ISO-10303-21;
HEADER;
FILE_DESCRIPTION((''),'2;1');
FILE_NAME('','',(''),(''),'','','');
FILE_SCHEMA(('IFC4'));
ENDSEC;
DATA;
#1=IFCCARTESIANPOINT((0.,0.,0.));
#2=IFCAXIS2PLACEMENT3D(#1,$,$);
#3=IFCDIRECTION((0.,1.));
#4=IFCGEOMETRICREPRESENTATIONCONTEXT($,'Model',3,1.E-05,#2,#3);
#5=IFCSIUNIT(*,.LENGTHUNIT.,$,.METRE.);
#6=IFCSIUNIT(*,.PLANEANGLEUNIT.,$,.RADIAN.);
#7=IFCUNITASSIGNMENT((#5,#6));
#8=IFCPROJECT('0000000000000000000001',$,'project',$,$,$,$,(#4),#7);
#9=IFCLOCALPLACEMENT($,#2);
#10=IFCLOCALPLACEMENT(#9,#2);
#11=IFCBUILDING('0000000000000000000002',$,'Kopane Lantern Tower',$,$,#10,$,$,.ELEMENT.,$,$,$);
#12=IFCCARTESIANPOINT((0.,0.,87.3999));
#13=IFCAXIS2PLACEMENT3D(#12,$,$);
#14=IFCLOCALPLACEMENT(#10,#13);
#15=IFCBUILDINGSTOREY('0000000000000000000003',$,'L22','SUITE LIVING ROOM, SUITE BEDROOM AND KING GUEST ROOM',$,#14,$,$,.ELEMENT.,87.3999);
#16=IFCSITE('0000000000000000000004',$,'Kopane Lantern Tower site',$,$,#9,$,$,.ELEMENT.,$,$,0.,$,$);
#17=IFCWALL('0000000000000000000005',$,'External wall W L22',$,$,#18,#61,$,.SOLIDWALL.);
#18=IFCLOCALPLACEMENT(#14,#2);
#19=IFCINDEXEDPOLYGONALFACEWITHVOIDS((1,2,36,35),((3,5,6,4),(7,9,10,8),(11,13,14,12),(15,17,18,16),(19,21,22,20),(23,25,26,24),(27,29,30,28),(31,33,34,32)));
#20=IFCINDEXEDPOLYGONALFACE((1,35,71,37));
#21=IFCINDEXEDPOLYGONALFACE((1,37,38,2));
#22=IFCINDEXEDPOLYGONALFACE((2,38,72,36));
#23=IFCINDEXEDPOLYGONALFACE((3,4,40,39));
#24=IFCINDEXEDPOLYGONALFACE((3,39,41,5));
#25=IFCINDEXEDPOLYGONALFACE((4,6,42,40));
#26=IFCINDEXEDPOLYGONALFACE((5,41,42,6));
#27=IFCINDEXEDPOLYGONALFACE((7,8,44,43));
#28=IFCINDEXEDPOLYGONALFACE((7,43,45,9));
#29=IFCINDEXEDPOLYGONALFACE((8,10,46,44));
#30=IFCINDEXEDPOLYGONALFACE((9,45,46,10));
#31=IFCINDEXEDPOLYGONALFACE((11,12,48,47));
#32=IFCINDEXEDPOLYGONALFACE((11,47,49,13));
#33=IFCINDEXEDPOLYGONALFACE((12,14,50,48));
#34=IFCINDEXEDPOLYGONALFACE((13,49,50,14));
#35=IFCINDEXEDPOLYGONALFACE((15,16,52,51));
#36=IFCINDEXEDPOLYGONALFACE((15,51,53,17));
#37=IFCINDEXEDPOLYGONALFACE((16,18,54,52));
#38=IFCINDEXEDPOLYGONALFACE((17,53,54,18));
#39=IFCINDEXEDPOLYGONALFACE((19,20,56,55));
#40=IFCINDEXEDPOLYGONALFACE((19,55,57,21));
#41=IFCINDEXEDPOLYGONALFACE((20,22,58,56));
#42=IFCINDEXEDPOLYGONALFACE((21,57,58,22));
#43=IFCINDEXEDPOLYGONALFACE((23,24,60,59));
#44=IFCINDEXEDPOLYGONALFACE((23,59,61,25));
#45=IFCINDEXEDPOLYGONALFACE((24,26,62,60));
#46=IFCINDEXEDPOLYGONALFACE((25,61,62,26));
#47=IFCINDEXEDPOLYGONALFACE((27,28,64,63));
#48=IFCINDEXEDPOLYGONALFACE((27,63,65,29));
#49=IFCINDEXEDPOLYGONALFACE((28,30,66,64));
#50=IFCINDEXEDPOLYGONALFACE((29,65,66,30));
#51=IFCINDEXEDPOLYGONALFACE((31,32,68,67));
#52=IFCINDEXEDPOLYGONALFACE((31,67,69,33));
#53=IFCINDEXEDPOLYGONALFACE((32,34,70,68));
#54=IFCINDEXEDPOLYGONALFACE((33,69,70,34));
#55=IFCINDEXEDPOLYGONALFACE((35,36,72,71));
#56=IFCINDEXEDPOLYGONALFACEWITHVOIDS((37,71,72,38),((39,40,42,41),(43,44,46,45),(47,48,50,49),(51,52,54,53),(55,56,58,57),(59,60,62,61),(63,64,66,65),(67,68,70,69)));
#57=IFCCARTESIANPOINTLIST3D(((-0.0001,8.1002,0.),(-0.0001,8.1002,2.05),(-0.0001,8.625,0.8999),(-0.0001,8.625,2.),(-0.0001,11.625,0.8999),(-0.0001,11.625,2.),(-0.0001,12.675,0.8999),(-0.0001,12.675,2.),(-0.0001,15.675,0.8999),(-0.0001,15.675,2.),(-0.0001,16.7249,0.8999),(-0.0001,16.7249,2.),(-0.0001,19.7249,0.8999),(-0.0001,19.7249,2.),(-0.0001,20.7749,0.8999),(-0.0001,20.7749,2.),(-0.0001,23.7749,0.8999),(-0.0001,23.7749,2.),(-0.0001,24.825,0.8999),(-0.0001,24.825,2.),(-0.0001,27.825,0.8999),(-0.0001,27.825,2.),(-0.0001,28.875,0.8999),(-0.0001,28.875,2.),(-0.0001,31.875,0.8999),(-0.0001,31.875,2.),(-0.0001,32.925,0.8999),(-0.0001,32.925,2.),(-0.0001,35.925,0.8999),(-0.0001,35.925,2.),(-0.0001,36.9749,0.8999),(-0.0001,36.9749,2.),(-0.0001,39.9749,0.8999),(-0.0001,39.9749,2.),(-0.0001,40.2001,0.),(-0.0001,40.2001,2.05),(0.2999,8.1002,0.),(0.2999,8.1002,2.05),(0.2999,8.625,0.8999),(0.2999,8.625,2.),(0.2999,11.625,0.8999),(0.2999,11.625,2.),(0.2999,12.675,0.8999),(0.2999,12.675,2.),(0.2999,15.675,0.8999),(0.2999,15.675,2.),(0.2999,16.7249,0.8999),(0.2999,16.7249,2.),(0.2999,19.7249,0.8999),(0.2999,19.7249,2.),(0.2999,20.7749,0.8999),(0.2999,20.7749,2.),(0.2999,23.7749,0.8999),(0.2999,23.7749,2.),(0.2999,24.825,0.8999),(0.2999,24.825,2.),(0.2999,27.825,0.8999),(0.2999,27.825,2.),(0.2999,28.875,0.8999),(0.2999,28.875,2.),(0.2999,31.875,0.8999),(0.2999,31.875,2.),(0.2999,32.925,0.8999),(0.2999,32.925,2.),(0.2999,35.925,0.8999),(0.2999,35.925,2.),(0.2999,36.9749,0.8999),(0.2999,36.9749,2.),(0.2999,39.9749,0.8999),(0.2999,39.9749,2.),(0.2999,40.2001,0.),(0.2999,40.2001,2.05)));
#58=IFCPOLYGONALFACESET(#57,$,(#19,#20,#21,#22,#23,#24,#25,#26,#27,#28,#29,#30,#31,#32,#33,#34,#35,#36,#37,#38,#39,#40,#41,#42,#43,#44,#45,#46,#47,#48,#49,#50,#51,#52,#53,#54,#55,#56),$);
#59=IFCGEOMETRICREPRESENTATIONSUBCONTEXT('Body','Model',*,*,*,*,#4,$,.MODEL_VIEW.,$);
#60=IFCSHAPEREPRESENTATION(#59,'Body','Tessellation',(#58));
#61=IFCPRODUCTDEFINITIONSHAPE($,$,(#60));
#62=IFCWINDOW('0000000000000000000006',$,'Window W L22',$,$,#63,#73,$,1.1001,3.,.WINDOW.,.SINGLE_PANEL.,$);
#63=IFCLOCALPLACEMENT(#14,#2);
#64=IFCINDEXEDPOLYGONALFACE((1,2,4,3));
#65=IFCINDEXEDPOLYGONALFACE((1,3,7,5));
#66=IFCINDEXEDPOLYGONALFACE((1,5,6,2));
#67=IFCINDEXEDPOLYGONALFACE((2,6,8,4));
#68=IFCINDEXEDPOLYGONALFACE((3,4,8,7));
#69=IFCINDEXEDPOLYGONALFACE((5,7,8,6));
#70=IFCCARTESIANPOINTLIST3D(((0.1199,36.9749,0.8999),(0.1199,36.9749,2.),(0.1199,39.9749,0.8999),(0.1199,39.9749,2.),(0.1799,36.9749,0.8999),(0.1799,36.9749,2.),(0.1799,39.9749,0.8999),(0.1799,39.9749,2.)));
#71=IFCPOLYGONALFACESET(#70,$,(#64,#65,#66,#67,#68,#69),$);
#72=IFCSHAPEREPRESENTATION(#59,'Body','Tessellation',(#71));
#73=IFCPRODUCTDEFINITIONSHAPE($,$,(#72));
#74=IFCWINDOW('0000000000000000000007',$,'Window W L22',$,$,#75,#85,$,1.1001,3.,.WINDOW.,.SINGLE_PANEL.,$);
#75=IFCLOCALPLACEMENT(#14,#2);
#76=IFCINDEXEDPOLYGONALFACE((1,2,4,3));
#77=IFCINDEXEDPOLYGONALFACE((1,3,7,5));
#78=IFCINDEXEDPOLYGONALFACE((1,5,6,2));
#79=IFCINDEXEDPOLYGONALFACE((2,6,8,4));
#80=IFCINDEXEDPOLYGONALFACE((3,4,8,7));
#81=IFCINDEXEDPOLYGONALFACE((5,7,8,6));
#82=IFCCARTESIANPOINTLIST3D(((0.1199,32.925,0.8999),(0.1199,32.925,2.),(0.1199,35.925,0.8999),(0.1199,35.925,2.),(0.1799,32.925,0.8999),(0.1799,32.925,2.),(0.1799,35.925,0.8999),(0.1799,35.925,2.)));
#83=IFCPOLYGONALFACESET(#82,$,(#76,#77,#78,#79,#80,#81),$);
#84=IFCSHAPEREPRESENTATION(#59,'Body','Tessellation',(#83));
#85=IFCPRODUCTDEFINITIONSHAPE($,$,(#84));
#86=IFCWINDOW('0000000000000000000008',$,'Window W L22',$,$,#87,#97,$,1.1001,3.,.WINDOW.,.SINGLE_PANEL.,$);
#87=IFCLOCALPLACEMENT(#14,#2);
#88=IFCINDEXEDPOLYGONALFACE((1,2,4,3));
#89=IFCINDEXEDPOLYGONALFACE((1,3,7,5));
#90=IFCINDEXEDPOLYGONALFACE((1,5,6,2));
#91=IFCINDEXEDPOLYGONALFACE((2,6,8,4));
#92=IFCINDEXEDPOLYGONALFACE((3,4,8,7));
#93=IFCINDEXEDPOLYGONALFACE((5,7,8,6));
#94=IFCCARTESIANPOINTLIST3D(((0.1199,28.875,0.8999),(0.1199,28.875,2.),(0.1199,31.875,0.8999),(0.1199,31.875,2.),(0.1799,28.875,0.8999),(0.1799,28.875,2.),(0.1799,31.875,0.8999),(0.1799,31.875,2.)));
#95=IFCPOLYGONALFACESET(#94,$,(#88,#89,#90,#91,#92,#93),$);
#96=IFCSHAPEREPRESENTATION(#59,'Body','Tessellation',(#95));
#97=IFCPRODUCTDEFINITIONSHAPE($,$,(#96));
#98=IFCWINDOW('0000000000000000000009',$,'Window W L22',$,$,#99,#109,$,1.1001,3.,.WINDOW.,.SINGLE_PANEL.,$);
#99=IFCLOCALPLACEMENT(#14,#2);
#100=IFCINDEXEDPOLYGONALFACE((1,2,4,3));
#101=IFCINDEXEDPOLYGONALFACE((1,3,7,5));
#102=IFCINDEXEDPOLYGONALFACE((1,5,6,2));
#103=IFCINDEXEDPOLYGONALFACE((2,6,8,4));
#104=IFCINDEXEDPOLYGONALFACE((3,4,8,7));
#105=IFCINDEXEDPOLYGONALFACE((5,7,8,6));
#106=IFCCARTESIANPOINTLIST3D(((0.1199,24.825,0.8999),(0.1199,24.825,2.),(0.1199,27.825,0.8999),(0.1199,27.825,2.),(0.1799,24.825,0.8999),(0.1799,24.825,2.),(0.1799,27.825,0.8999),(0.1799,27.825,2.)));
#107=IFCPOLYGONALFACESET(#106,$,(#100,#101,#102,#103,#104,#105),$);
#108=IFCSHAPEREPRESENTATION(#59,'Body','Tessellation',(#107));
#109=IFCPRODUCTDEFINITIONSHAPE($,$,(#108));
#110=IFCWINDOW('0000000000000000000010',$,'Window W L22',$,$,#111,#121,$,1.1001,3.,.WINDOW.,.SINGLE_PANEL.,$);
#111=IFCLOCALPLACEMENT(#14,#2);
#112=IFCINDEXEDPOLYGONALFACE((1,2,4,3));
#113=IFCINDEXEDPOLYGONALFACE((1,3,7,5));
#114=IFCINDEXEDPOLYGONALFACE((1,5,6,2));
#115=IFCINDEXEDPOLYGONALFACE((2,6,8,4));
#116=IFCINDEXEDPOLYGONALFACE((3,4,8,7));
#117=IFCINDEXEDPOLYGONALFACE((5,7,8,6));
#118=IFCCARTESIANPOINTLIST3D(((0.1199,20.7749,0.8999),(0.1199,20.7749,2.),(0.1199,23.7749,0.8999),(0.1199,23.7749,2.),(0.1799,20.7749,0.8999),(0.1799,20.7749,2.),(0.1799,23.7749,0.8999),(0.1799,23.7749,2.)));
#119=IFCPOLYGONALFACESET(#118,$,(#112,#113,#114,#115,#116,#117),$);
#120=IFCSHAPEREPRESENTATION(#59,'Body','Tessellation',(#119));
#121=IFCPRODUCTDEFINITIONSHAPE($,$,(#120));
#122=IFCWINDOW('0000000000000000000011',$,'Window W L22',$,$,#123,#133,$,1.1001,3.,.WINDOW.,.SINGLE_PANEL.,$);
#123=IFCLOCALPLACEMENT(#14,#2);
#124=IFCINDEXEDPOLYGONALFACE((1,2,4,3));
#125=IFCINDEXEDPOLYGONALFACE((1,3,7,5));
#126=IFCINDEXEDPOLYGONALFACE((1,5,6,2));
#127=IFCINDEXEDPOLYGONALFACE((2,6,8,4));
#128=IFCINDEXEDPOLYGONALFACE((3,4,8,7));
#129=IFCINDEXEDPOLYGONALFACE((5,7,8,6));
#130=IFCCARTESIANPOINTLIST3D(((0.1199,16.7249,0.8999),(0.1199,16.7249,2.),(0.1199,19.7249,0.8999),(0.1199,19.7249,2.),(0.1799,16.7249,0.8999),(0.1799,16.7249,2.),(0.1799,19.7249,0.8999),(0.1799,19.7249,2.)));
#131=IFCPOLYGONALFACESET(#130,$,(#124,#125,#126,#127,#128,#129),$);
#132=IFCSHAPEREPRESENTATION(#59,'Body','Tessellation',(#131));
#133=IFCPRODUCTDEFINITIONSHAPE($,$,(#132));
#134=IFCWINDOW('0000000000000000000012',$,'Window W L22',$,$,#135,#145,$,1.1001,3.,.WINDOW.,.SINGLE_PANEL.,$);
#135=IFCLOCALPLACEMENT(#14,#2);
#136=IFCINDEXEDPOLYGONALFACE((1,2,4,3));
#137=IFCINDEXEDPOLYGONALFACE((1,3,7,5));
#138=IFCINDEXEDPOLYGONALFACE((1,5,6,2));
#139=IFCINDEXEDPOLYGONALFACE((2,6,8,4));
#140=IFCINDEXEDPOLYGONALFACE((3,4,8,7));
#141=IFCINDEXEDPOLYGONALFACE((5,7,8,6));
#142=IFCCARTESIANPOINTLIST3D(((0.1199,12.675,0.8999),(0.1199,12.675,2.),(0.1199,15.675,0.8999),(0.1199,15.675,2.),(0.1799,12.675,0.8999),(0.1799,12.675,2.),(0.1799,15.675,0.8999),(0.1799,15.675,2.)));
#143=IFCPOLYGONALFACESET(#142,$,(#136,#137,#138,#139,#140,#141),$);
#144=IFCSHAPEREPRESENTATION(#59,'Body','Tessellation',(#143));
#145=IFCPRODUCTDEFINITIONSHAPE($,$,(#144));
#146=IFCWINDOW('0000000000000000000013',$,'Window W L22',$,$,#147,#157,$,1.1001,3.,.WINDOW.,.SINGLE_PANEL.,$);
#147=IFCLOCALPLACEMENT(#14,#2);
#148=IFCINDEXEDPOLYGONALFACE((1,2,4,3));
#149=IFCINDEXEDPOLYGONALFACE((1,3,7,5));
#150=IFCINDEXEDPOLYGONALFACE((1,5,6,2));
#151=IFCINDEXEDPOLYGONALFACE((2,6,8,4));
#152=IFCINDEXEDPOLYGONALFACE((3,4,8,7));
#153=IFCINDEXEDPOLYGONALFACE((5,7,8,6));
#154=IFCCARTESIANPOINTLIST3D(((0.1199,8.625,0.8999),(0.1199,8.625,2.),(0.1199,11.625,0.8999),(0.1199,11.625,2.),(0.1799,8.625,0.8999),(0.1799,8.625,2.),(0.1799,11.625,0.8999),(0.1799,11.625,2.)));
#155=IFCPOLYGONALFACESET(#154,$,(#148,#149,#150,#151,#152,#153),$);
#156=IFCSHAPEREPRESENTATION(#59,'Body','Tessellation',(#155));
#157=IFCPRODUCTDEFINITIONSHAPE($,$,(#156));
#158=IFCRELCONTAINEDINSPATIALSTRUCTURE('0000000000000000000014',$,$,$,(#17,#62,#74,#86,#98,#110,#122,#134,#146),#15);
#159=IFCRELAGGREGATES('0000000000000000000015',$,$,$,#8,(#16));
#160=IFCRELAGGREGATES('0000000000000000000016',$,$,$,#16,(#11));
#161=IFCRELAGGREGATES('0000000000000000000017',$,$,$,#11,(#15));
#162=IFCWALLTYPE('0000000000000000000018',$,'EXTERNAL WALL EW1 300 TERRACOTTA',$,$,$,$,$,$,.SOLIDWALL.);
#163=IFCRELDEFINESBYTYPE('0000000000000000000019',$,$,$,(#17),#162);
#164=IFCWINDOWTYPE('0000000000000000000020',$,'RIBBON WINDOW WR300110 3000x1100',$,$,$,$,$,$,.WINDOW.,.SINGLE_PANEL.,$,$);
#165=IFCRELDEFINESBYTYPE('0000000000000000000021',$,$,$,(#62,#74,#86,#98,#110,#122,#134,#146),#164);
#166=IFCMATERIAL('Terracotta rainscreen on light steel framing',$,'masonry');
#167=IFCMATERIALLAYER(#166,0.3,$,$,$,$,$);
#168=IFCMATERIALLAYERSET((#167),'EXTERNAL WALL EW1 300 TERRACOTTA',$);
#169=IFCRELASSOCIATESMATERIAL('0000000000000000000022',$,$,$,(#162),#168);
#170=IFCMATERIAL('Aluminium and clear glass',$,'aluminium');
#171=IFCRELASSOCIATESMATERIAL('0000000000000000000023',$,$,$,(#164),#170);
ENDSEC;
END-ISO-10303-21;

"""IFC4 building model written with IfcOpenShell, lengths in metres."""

from ifc_helpers import new_model, si_unit, direction, frame, frame_2d, origin, place, context, subcontext, project, spatial, rectangle, extrude, material, layer, layer_set, type_object, element, fill, save


model = new_model("IFC4")

# Units and contexts
model_context = context("Model", 3, precision=1e-05, world=origin(), true_north=direction((0.0, 1.0)))
body_context = subcontext(model_context, "Body", "Model", "MODEL_VIEW")
ifc_project = project(units=[si_unit("LENGTHUNIT", "METRE"), si_unit("PLANEANGLEUNIT", "RADIAN")], contexts=[model_context])

# Site, building, storey
site_placement = place(None, origin())
site = spatial("IfcSite", under=ifc_project, at=site_placement, Name="Kopane Lantern Tower site", CompositionType="ELEMENT", RefElevation=0.0)
building_placement = place(site_placement, origin())
building = spatial("IfcBuilding", under=site, at=building_placement, Name="Kopane Lantern Tower", CompositionType="ELEMENT")
storey_placement = place(building_placement, frame((0.0, 0.0, 87.3999)))
storey = spatial("IfcBuildingStorey", under=building, at=storey_placement, Name="L22", Description="SUITE LIVING ROOM, SUITE BEDROOM AND KING GUEST ROOM", CompositionType="ELEMENT", Elevation=87.3999)

# Shared definitions
ifc_material_1 = material(Name="Terracotta rainscreen on light steel framing", Category="masonry")
ifc_layer_1 = layer(ifc_material_1, 0.3)
ifc_layer_set_1 = layer_set([ifc_layer_1], Name="EXTERNAL WALL EW1 300 TERRACOTTA")
wall_type_1 = type_object("IfcWallType", Name="EXTERNAL WALL EW1 300 TERRACOTTA", PredefinedType="SOLIDWALL", material=ifc_layer_set_1)
ifc_material_2 = material(Name="Aluminium and clear glass", Category="aluminium")
window_type = type_object("IfcWindowType", Name="RIBBON WINDOW WR300110 3000x1100", PartitioningType="SINGLE_PANEL", PredefinedType="WINDOW", material=ifc_material_2)

# Wall, openings, windows
wall_1_placement = place(storey_placement, frame((0.1499, 40.2, 0.0), z_axis=(0.0, 0.0, 1.0), x_axis=(0.0, -1.0, 0.0)))
wall_1 = element("IfcWall", 1, at=wall_1_placement, inside=storey, type_object=wall_type_1, Name="External wall W L22", PredefinedType="SOLIDWALL", context=body_context, shape_type="SweptSolid", body=[
    extrude(rectangle(XDim=32.0999, YDim=0.3, at=frame_2d((16.0498, 0.0))), origin(), (0.0, 0.0, 1.0), 2.05),
])
opening_1_placement = place(wall_1_placement, frame((0.2251, 0.0, 0.8999)))
opening_1 = element("IfcOpeningElement", 2, at=opening_1_placement, cuts=wall_1, PredefinedType="OPENING", context=body_context, shape_type="SweptSolid", body=[
    extrude(rectangle(XDim=3.0, YDim=1.1001, at=frame_2d((1.5, 0.55))), frame((0.0, 0.1599, 0.0), z_axis=(0.0, -1.0, 0.0), x_axis=(1.0, 0.0, 0.0)), (0.0, 0.0, 1.0), 0.3201),
])
opening_2_placement = place(wall_1_placement, frame((4.2749, 0.0, 0.8999)))
opening_2 = element("IfcOpeningElement", 3, at=opening_2_placement, cuts=wall_1, PredefinedType="OPENING", context=body_context, shape_type="SweptSolid", body=[
    extrude(rectangle(XDim=3.0, YDim=1.1001, at=frame_2d((1.5, 0.55))), frame((0.0, 0.1599, 0.0), z_axis=(0.0, -1.0, 0.0), x_axis=(1.0, 0.0, 0.0)), (0.0, 0.0, 1.0), 0.3201),
])
opening_3_placement = place(wall_1_placement, frame((8.325, 0.0, 0.8999)))
opening_3 = element("IfcOpeningElement", 4, at=opening_3_placement, cuts=wall_1, PredefinedType="OPENING", context=body_context, shape_type="SweptSolid", body=[
    extrude(rectangle(XDim=3.0, YDim=1.1001, at=frame_2d((1.5, 0.55))), frame((0.0, 0.1599, 0.0), z_axis=(0.0, -1.0, 0.0), x_axis=(1.0, 0.0, 0.0)), (0.0, 0.0, 1.0), 0.3201),
])
opening_4_placement = place(wall_1_placement, frame((12.375, 0.0, 0.8999)))
opening_4 = element("IfcOpeningElement", 5, at=opening_4_placement, cuts=wall_1, PredefinedType="OPENING", context=body_context, shape_type="SweptSolid", body=[
    extrude(rectangle(XDim=3.0, YDim=1.1001, at=frame_2d((1.5, 0.55))), frame((0.0, 0.1599, 0.0), z_axis=(0.0, -1.0, 0.0), x_axis=(1.0, 0.0, 0.0)), (0.0, 0.0, 1.0), 0.3201),
])
opening_5_placement = place(wall_1_placement, frame((16.425, 0.0, 0.8999)))
opening_5 = element("IfcOpeningElement", 6, at=opening_5_placement, cuts=wall_1, PredefinedType="OPENING", context=body_context, shape_type="SweptSolid", body=[
    extrude(rectangle(XDim=3.0, YDim=1.1001, at=frame_2d((1.5, 0.55))), frame((0.0, 0.1599, 0.0), z_axis=(0.0, -1.0, 0.0), x_axis=(1.0, 0.0, 0.0)), (0.0, 0.0, 1.0), 0.3201),
])
opening_6_placement = place(wall_1_placement, frame((20.4751, 0.0, 0.8999)))
opening_6 = element("IfcOpeningElement", 7, at=opening_6_placement, cuts=wall_1, PredefinedType="OPENING", context=body_context, shape_type="SweptSolid", body=[
    extrude(rectangle(XDim=3.0, YDim=1.1001, at=frame_2d((1.5, 0.55))), frame((0.0, 0.1599, 0.0), z_axis=(0.0, -1.0, 0.0), x_axis=(1.0, 0.0, 0.0)), (0.0, 0.0, 1.0), 0.3201),
])
opening_7_placement = place(wall_1_placement, frame((24.5249, 0.0, 0.8999)))
opening_7 = element("IfcOpeningElement", 8, at=opening_7_placement, cuts=wall_1, PredefinedType="OPENING", context=body_context, shape_type="SweptSolid", body=[
    extrude(rectangle(XDim=3.0, YDim=1.1001, at=frame_2d((1.5, 0.55))), frame((0.0, 0.1599, 0.0), z_axis=(0.0, -1.0, 0.0), x_axis=(1.0, 0.0, 0.0)), (0.0, 0.0, 1.0), 0.3201),
])
opening_8_placement = place(wall_1_placement, frame((28.575, 0.0, 0.8999)))
opening_8 = element("IfcOpeningElement", 9, at=opening_8_placement, cuts=wall_1, PredefinedType="OPENING", context=body_context, shape_type="SweptSolid", body=[
    extrude(rectangle(XDim=3.0, YDim=1.1001, at=frame_2d((1.5, 0.55))), frame((0.0, 0.1599, 0.0), z_axis=(0.0, -1.0, 0.0), x_axis=(1.0, 0.0, 0.0)), (0.0, 0.0, 1.0), 0.3201),
])
window_1_placement = place(opening_1_placement, origin())
window_1 = element("IfcWindow", 10, at=window_1_placement, inside=storey, type_object=window_type, Name="Window W L22", OverallHeight=1.1001, OverallWidth=3.0, PartitioningType="SINGLE_PANEL", PredefinedType="WINDOW", context=body_context, shape_type="SweptSolid", body=[
    extrude(rectangle(XDim=3.0, YDim=1.1001, at=frame_2d((1.5, 0.55))), frame((0.0, 0.03, 0.0), z_axis=(0.0, -1.0, 0.0), x_axis=(1.0, 0.0, 0.0)), (0.0, 0.0, 1.0), 0.0601),
])
fill(opening_1, window_1)
window_2_placement = place(opening_2_placement, origin())
window_2 = element("IfcWindow", 11, at=window_2_placement, inside=storey, type_object=window_type, Name="Window W L22", OverallHeight=1.1001, OverallWidth=3.0, PartitioningType="SINGLE_PANEL", PredefinedType="WINDOW", context=body_context, shape_type="SweptSolid", body=[
    extrude(rectangle(XDim=3.0, YDim=1.1001, at=frame_2d((1.5, 0.55))), frame((0.0, 0.03, 0.0), z_axis=(0.0, -1.0, 0.0), x_axis=(1.0, 0.0, 0.0)), (0.0, 0.0, 1.0), 0.0601),
])
fill(opening_2, window_2)
window_3_placement = place(opening_3_placement, origin())
window_3 = element("IfcWindow", 12, at=window_3_placement, inside=storey, type_object=window_type, Name="Window W L22", OverallHeight=1.1001, OverallWidth=3.0, PartitioningType="SINGLE_PANEL", PredefinedType="WINDOW", context=body_context, shape_type="SweptSolid", body=[
    extrude(rectangle(XDim=3.0, YDim=1.1001, at=frame_2d((1.5, 0.55))), frame((0.0, 0.03, 0.0), z_axis=(0.0, -1.0, 0.0), x_axis=(1.0, 0.0, 0.0)), (0.0, 0.0, 1.0), 0.0601),
])
fill(opening_3, window_3)
window_4_placement = place(opening_4_placement, origin())
window_4 = element("IfcWindow", 13, at=window_4_placement, inside=storey, type_object=window_type, Name="Window W L22", OverallHeight=1.1001, OverallWidth=3.0, PartitioningType="SINGLE_PANEL", PredefinedType="WINDOW", context=body_context, shape_type="SweptSolid", body=[
    extrude(rectangle(XDim=3.0, YDim=1.1001, at=frame_2d((1.5, 0.55))), frame((0.0, 0.03, 0.0), z_axis=(0.0, -1.0, 0.0), x_axis=(1.0, 0.0, 0.0)), (0.0, 0.0, 1.0), 0.0601),
])
fill(opening_4, window_4)
window_5_placement = place(opening_5_placement, origin())
window_5 = element("IfcWindow", 14, at=window_5_placement, inside=storey, type_object=window_type, Name="Window W L22", OverallHeight=1.1001, OverallWidth=3.0, PartitioningType="SINGLE_PANEL", PredefinedType="WINDOW", context=body_context, shape_type="SweptSolid", body=[
    extrude(rectangle(XDim=3.0, YDim=1.1001, at=frame_2d((1.5, 0.55))), frame((0.0, 0.03, 0.0), z_axis=(0.0, -1.0, 0.0), x_axis=(1.0, 0.0, 0.0)), (0.0, 0.0, 1.0), 0.0601),
])
fill(opening_5, window_5)
window_6_placement = place(opening_6_placement, origin())
window_6 = element("IfcWindow", 15, at=window_6_placement, inside=storey, type_object=window_type, Name="Window W L22", OverallHeight=1.1001, OverallWidth=3.0, PartitioningType="SINGLE_PANEL", PredefinedType="WINDOW", context=body_context, shape_type="SweptSolid", body=[
    extrude(rectangle(XDim=3.0, YDim=1.1001, at=frame_2d((1.5, 0.55))), frame((0.0, 0.03, 0.0), z_axis=(0.0, -1.0, 0.0), x_axis=(1.0, 0.0, 0.0)), (0.0, 0.0, 1.0), 0.0601),
])
fill(opening_6, window_6)
window_7_placement = place(opening_7_placement, origin())
window_7 = element("IfcWindow", 16, at=window_7_placement, inside=storey, type_object=window_type, Name="Window W L22", OverallHeight=1.1001, OverallWidth=3.0, PartitioningType="SINGLE_PANEL", PredefinedType="WINDOW", context=body_context, shape_type="SweptSolid", body=[
    extrude(rectangle(XDim=3.0, YDim=1.1001, at=frame_2d((1.5, 0.55))), frame((0.0, 0.03, 0.0), z_axis=(0.0, -1.0, 0.0), x_axis=(1.0, 0.0, 0.0)), (0.0, 0.0, 1.0), 0.0601),
])
fill(opening_7, window_7)
window_8_placement = place(opening_8_placement, origin())
window_8 = element("IfcWindow", 17, at=window_8_placement, inside=storey, type_object=window_type, Name="Window W L22", OverallHeight=1.1001, OverallWidth=3.0, PartitioningType="SINGLE_PANEL", PredefinedType="WINDOW", context=body_context, shape_type="SweptSolid", body=[
    extrude(rectangle(XDim=3.0, YDim=1.1001, at=frame_2d((1.5, 0.55))), frame((0.0, 0.03, 0.0), z_axis=(0.0, -1.0, 0.0), x_axis=(1.0, 0.0, 0.0)), (0.0, 0.0, 1.0), 0.0601),
])
fill(opening_8, window_8)

save(model, "model.ifc")
